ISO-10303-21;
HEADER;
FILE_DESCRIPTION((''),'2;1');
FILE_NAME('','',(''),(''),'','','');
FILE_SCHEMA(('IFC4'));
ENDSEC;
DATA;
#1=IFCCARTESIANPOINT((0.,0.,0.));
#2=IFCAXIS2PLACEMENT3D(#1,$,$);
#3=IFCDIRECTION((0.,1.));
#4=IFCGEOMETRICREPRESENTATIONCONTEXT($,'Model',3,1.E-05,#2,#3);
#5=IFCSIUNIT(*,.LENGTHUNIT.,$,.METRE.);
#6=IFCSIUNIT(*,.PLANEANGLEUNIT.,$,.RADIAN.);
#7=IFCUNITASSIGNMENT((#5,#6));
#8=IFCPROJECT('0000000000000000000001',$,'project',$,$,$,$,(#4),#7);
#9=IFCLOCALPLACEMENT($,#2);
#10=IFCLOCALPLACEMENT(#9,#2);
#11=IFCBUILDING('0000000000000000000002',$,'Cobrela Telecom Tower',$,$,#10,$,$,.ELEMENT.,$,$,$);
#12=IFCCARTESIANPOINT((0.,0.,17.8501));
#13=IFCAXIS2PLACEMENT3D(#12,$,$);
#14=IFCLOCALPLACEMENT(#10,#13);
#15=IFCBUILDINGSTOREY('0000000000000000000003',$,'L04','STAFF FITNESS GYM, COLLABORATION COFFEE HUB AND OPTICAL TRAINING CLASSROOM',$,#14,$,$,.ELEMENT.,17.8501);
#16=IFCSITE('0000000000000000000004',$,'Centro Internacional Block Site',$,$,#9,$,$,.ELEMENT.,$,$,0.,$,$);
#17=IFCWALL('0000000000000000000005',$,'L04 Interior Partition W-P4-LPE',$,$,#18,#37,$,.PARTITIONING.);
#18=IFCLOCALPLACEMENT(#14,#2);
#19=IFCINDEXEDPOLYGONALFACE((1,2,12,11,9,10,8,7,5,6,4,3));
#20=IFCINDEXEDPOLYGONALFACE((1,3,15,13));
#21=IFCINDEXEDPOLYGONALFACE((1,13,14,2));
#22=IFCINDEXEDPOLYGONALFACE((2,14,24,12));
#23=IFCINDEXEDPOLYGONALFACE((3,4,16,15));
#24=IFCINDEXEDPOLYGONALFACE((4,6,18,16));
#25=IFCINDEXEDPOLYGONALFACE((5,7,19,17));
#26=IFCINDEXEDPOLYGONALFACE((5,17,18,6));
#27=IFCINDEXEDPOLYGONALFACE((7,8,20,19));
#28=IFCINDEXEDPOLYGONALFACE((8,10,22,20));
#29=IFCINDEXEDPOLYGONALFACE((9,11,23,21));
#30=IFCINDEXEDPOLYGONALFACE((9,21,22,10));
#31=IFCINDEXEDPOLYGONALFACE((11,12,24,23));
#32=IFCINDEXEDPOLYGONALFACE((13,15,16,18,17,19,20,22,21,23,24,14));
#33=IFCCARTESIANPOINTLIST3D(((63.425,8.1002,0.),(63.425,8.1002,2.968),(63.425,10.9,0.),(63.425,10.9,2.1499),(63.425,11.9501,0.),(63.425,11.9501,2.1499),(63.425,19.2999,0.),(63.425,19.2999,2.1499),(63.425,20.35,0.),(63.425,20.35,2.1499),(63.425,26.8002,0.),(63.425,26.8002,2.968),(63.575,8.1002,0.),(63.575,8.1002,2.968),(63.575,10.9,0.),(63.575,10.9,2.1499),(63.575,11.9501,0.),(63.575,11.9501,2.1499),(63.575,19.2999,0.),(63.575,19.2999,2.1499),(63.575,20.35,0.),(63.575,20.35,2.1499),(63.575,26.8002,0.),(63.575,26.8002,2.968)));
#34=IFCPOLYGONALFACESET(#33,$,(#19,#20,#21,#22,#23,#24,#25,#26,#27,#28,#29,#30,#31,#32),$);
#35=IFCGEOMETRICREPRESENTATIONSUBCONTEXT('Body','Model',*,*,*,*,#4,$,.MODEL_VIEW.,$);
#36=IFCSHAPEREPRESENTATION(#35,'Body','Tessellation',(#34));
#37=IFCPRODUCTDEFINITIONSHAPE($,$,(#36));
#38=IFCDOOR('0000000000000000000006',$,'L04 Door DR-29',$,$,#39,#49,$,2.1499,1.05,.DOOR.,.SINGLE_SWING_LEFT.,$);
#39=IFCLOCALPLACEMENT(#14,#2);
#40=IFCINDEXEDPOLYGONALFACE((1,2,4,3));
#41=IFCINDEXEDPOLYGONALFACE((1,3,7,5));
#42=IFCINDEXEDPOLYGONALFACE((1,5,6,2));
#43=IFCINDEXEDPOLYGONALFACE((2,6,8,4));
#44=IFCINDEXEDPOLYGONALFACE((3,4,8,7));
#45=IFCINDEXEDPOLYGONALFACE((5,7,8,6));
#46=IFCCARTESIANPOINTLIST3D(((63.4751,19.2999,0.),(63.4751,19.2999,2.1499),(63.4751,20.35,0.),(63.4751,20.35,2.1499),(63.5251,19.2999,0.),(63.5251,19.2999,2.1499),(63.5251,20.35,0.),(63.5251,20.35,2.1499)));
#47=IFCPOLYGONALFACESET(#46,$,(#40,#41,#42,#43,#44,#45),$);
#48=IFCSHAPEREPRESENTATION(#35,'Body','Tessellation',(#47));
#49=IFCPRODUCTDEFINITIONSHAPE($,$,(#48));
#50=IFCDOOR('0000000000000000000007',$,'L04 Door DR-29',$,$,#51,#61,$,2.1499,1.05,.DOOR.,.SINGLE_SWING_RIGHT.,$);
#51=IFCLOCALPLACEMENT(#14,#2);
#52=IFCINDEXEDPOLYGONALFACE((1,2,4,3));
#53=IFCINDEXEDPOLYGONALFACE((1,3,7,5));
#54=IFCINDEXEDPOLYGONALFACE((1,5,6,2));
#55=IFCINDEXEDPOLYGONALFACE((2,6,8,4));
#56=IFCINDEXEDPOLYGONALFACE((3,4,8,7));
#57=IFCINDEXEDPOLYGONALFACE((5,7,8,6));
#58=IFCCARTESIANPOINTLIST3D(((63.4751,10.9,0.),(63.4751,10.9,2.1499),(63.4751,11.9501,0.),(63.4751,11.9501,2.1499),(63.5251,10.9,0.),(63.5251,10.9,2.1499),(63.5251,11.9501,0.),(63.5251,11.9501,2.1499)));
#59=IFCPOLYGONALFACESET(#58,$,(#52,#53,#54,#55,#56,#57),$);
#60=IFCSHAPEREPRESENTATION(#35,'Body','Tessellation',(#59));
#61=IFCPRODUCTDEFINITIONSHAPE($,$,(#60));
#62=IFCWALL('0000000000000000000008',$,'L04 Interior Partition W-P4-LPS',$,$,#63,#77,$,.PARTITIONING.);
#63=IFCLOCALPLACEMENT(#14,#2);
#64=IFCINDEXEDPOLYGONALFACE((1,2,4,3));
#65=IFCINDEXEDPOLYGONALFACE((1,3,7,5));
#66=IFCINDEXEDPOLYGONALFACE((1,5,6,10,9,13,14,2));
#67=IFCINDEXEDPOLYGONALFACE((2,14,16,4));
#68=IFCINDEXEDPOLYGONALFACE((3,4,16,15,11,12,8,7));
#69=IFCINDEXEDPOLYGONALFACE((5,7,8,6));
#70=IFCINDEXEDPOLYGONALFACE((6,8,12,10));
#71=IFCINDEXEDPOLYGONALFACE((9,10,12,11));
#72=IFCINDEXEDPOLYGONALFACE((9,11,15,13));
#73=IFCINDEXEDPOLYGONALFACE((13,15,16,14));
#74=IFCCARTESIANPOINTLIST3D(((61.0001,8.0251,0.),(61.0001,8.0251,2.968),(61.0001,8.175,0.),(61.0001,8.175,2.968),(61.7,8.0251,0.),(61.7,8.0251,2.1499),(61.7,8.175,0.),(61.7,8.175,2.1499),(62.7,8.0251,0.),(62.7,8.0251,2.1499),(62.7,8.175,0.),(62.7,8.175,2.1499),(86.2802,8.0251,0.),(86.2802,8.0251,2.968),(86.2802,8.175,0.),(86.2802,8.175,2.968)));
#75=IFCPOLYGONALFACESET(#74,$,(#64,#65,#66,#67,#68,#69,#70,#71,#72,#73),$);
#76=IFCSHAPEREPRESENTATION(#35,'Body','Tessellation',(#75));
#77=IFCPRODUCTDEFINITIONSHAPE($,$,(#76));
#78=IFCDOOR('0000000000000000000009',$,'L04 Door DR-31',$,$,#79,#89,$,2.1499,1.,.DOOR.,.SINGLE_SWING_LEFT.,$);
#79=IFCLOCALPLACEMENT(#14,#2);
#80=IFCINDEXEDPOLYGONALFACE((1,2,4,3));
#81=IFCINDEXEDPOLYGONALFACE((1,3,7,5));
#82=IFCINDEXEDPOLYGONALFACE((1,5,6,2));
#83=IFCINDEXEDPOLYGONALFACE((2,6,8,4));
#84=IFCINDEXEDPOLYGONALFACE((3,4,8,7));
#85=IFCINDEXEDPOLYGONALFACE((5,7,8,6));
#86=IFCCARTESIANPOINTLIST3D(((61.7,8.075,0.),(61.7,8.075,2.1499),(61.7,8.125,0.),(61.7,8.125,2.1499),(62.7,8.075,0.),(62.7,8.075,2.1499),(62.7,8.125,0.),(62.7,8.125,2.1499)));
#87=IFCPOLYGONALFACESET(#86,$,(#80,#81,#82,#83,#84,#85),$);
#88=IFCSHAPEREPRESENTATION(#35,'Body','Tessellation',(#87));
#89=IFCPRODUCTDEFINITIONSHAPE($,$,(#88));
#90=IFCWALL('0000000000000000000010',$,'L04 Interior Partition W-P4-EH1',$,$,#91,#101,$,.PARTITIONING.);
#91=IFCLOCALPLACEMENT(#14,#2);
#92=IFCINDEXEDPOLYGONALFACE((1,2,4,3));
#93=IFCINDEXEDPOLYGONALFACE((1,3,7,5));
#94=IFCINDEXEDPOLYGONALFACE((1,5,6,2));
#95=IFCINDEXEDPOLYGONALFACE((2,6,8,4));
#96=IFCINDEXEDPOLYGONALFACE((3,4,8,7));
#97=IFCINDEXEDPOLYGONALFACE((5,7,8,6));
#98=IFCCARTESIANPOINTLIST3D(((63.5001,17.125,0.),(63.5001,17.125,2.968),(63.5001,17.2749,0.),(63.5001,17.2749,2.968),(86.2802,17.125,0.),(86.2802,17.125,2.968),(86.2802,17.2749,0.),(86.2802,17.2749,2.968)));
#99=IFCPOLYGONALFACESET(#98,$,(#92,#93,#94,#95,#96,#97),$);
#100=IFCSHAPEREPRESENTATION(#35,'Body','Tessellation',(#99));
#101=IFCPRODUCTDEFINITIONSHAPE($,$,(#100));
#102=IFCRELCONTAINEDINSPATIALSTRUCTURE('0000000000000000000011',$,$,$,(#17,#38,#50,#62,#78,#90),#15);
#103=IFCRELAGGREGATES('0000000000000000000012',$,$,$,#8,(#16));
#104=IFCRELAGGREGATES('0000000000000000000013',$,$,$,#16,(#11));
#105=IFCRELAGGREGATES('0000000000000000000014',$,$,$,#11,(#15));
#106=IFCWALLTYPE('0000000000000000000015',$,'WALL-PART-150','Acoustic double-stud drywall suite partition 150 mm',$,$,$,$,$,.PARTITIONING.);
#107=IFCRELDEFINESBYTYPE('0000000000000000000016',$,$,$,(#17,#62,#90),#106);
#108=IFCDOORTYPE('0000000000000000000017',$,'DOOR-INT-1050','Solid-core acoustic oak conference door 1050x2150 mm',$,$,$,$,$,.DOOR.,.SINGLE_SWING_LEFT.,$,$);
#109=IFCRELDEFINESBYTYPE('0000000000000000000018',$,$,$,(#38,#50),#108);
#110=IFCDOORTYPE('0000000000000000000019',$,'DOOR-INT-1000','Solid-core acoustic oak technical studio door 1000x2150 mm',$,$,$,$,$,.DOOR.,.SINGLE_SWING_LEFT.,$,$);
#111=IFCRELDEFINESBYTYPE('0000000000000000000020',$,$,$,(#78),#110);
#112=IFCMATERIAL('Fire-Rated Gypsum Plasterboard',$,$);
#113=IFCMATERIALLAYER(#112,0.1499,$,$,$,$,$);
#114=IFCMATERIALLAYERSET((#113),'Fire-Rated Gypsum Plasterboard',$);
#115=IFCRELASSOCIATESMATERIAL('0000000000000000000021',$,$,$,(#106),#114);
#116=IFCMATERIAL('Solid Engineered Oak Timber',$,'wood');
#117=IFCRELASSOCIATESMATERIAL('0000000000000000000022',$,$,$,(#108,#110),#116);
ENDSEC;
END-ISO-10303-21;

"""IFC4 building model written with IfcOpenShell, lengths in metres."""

from ifc_helpers import new_model, si_unit, direction, frame, frame_2d, origin, place, context, subcontext, project, spatial, rectangle, extrude, material, layer, layer_set, type_object, element, fill, save


model = new_model("IFC4")

# Units and contexts
model_context = context("Model", 3, precision=1e-05, world=origin(), true_north=direction((0.0, 1.0)))
body_context = subcontext(model_context, "Body", "Model", "MODEL_VIEW")
ifc_project = project(units=[si_unit("LENGTHUNIT", "METRE"), si_unit("PLANEANGLEUNIT", "RADIAN")], contexts=[model_context])

# Site, building, storey
site_placement = place(None, origin())
site = spatial("IfcSite", under=ifc_project, at=site_placement, Name="Centro Internacional Block Site", CompositionType="ELEMENT", RefElevation=0.0)
building_placement = place(site_placement, origin())
building = spatial("IfcBuilding", under=site, at=building_placement, Name="Cobrela Telecom Tower", CompositionType="ELEMENT")
storey_placement = place(building_placement, frame((0.0, 0.0, 17.8501)))
storey = spatial("IfcBuildingStorey", under=building, at=storey_placement, Name="L04", Description="STAFF FITNESS GYM, COLLABORATION COFFEE HUB AND OPTICAL TRAINING CLASSROOM", CompositionType="ELEMENT", Elevation=17.8501)

# Shared definitions
ifc_material_1 = material(Name="Fire-Rated Gypsum Plasterboard")
ifc_layer_1 = layer(ifc_material_1, 0.1499)
ifc_layer_set_1 = layer_set([ifc_layer_1], Name="Fire-Rated Gypsum Plasterboard")
wall_type = type_object("IfcWallType", Name="WALL-PART-150", Description="Acoustic double-stud drywall suite partition 150 mm", PredefinedType="PARTITIONING", material=ifc_layer_set_1)

# Wall, openings, doors
wall_1_placement = place(storey_placement, frame((63.5, 8.1001, 0.0), z_axis=(0.0, 0.0, 1.0), x_axis=(0.0, 1.0, 0.0)))
wall_1 = element("IfcWall", 1, at=wall_1_placement, inside=storey, type_object=wall_type, Name="L04 Interior Partition W-P4-LPE", PredefinedType="PARTITIONING", context=body_context, shape_type="SweptSolid", body=[
    extrude(rectangle(XDim=18.7, YDim=0.1499, at=frame_2d((9.3501, 0.0))), origin(), (0.0, 0.0, 1.0), 2.968),
])
opening_1_placement = place(wall_1_placement, frame((11.2, 0.0, 0.0)))
opening_1 = element("IfcOpeningElement", 2, at=opening_1_placement, cuts=wall_1, PredefinedType="OPENING", context=body_context, shape_type="SweptSolid", body=[
    extrude(rectangle(XDim=1.05, YDim=2.1499, at=frame_2d((0.5249, 1.075))), frame((0.0, 0.0869, 0.0), z_axis=(0.0, -1.0, 0.0), x_axis=(1.0, 0.0, 0.0)), (0.0, 0.0, 1.0), 0.1738),
])
opening_2_placement = place(wall_1_placement, frame((2.8, 0.0, 0.0)))
opening_2 = element("IfcOpeningElement", 3, at=opening_2_placement, cuts=wall_1, PredefinedType="OPENING", context=body_context, shape_type="SweptSolid", body=[
    extrude(rectangle(XDim=1.05, YDim=2.1499, at=frame_2d((0.5249, 1.075))), frame((0.0, 0.0869, 0.0), z_axis=(0.0, -1.0, 0.0), x_axis=(1.0, 0.0, 0.0)), (0.0, 0.0, 1.0), 0.1738),
])
ifc_material_2 = material(Name="Solid Engineered Oak Timber", Category="wood")
door_type_1 = type_object("IfcDoorType", Name="DOOR-INT-1050", Description="Solid-core acoustic oak conference door 1050x2150 mm", OperationType="SINGLE_SWING_LEFT", PredefinedType="DOOR", material=ifc_material_2)
door_1_placement = place(opening_1_placement, origin())
door_1 = element("IfcDoor", 4, at=door_1_placement, inside=storey, type_object=door_type_1, Name="L04 Door DR-29", OperationType="SINGLE_SWING_LEFT", OverallHeight=2.1499, OverallWidth=1.05, PredefinedType="DOOR", context=body_context, shape_type="SweptSolid", body=[
    extrude(rectangle(XDim=1.05, YDim=2.1499, at=frame_2d((0.5249, 1.075))), frame((0.0, 0.0249, 0.0), z_axis=(0.0, -1.0, 0.0), x_axis=(1.0, 0.0, 0.0)), (0.0, 0.0, 1.0), 0.05),
])
fill(opening_1, door_1)
door_2_placement = place(opening_2_placement, origin())
door_2 = element("IfcDoor", 5, at=door_2_placement, inside=storey, type_object=door_type_1, Name="L04 Door DR-29", OperationType="SINGLE_SWING_RIGHT", OverallHeight=2.1499, OverallWidth=1.05, PredefinedType="DOOR", context=body_context, shape_type="SweptSolid", body=[
    extrude(rectangle(XDim=1.05, YDim=2.1499, at=frame_2d((0.5249, 1.075))), frame((0.0, 0.0249, 0.0), z_axis=(0.0, -1.0, 0.0), x_axis=(1.0, 0.0, 0.0)), (0.0, 0.0, 1.0), 0.05),
])
fill(opening_2, door_2)

# Wall, opening, door
wall_2_placement = place(storey_placement, frame((61.0, 8.1001, 0.0), z_axis=(0.0, 0.0, 1.0), x_axis=(1.0, 0.0, 0.0)))
wall_2 = element("IfcWall", 6, at=wall_2_placement, inside=storey, type_object=wall_type, Name="L04 Interior Partition W-P4-LPS", PredefinedType="PARTITIONING", context=body_context, shape_type="SweptSolid", body=[
    extrude(rectangle(XDim=25.28, YDim=0.1499, at=frame_2d((12.6401, 0.0))), origin(), (0.0, 0.0, 1.0), 2.968),
])
opening_3_placement = place(wall_2_placement, frame((0.7, 0.0, 0.0)))
opening_3 = element("IfcOpeningElement", 7, at=opening_3_placement, cuts=wall_2, PredefinedType="OPENING", context=body_context, shape_type="SweptSolid", body=[
    extrude(rectangle(XDim=1.0, YDim=2.1499, at=frame_2d((0.5, 1.075))), frame((0.0, 0.0869, 0.0), z_axis=(0.0, -1.0, 0.0), x_axis=(1.0, 0.0, 0.0)), (0.0, 0.0, 1.0), 0.1738),
])
door_type_2 = type_object("IfcDoorType", Name="DOOR-INT-1000", Description="Solid-core acoustic oak technical studio door 1000x2150 mm", OperationType="SINGLE_SWING_LEFT", PredefinedType="DOOR", material=ifc_material_2)
door_3_placement = place(opening_3_placement, origin())
door_3 = element("IfcDoor", 8, at=door_3_placement, inside=storey, type_object=door_type_2, Name="L04 Door DR-31", OperationType="SINGLE_SWING_LEFT", OverallHeight=2.1499, OverallWidth=1.0, PredefinedType="DOOR", context=body_context, shape_type="SweptSolid", body=[
    extrude(rectangle(XDim=1.0, YDim=2.1499, at=frame_2d((0.5, 1.075))), frame((0.0, 0.0249, 0.0), z_axis=(0.0, -1.0, 0.0), x_axis=(1.0, 0.0, 0.0)), (0.0, 0.0, 1.0), 0.05),
])
fill(opening_3, door_3)

# Wall
wall_3_placement = place(storey_placement, frame((63.5, 17.2, 0.0), z_axis=(0.0, 0.0, 1.0), x_axis=(1.0, 0.0, 0.0)))
element("IfcWall", 9, at=wall_3_placement, inside=storey, type_object=wall_type, Name="L04 Interior Partition W-P4-EH1", PredefinedType="PARTITIONING", context=body_context, shape_type="SweptSolid", body=[
    extrude(rectangle(XDim=22.78, YDim=0.1499, at=frame_2d((11.3901, 0.0))), origin(), (0.0, 0.0, 1.0), 2.968),
])

save(model, "model.ifc")
